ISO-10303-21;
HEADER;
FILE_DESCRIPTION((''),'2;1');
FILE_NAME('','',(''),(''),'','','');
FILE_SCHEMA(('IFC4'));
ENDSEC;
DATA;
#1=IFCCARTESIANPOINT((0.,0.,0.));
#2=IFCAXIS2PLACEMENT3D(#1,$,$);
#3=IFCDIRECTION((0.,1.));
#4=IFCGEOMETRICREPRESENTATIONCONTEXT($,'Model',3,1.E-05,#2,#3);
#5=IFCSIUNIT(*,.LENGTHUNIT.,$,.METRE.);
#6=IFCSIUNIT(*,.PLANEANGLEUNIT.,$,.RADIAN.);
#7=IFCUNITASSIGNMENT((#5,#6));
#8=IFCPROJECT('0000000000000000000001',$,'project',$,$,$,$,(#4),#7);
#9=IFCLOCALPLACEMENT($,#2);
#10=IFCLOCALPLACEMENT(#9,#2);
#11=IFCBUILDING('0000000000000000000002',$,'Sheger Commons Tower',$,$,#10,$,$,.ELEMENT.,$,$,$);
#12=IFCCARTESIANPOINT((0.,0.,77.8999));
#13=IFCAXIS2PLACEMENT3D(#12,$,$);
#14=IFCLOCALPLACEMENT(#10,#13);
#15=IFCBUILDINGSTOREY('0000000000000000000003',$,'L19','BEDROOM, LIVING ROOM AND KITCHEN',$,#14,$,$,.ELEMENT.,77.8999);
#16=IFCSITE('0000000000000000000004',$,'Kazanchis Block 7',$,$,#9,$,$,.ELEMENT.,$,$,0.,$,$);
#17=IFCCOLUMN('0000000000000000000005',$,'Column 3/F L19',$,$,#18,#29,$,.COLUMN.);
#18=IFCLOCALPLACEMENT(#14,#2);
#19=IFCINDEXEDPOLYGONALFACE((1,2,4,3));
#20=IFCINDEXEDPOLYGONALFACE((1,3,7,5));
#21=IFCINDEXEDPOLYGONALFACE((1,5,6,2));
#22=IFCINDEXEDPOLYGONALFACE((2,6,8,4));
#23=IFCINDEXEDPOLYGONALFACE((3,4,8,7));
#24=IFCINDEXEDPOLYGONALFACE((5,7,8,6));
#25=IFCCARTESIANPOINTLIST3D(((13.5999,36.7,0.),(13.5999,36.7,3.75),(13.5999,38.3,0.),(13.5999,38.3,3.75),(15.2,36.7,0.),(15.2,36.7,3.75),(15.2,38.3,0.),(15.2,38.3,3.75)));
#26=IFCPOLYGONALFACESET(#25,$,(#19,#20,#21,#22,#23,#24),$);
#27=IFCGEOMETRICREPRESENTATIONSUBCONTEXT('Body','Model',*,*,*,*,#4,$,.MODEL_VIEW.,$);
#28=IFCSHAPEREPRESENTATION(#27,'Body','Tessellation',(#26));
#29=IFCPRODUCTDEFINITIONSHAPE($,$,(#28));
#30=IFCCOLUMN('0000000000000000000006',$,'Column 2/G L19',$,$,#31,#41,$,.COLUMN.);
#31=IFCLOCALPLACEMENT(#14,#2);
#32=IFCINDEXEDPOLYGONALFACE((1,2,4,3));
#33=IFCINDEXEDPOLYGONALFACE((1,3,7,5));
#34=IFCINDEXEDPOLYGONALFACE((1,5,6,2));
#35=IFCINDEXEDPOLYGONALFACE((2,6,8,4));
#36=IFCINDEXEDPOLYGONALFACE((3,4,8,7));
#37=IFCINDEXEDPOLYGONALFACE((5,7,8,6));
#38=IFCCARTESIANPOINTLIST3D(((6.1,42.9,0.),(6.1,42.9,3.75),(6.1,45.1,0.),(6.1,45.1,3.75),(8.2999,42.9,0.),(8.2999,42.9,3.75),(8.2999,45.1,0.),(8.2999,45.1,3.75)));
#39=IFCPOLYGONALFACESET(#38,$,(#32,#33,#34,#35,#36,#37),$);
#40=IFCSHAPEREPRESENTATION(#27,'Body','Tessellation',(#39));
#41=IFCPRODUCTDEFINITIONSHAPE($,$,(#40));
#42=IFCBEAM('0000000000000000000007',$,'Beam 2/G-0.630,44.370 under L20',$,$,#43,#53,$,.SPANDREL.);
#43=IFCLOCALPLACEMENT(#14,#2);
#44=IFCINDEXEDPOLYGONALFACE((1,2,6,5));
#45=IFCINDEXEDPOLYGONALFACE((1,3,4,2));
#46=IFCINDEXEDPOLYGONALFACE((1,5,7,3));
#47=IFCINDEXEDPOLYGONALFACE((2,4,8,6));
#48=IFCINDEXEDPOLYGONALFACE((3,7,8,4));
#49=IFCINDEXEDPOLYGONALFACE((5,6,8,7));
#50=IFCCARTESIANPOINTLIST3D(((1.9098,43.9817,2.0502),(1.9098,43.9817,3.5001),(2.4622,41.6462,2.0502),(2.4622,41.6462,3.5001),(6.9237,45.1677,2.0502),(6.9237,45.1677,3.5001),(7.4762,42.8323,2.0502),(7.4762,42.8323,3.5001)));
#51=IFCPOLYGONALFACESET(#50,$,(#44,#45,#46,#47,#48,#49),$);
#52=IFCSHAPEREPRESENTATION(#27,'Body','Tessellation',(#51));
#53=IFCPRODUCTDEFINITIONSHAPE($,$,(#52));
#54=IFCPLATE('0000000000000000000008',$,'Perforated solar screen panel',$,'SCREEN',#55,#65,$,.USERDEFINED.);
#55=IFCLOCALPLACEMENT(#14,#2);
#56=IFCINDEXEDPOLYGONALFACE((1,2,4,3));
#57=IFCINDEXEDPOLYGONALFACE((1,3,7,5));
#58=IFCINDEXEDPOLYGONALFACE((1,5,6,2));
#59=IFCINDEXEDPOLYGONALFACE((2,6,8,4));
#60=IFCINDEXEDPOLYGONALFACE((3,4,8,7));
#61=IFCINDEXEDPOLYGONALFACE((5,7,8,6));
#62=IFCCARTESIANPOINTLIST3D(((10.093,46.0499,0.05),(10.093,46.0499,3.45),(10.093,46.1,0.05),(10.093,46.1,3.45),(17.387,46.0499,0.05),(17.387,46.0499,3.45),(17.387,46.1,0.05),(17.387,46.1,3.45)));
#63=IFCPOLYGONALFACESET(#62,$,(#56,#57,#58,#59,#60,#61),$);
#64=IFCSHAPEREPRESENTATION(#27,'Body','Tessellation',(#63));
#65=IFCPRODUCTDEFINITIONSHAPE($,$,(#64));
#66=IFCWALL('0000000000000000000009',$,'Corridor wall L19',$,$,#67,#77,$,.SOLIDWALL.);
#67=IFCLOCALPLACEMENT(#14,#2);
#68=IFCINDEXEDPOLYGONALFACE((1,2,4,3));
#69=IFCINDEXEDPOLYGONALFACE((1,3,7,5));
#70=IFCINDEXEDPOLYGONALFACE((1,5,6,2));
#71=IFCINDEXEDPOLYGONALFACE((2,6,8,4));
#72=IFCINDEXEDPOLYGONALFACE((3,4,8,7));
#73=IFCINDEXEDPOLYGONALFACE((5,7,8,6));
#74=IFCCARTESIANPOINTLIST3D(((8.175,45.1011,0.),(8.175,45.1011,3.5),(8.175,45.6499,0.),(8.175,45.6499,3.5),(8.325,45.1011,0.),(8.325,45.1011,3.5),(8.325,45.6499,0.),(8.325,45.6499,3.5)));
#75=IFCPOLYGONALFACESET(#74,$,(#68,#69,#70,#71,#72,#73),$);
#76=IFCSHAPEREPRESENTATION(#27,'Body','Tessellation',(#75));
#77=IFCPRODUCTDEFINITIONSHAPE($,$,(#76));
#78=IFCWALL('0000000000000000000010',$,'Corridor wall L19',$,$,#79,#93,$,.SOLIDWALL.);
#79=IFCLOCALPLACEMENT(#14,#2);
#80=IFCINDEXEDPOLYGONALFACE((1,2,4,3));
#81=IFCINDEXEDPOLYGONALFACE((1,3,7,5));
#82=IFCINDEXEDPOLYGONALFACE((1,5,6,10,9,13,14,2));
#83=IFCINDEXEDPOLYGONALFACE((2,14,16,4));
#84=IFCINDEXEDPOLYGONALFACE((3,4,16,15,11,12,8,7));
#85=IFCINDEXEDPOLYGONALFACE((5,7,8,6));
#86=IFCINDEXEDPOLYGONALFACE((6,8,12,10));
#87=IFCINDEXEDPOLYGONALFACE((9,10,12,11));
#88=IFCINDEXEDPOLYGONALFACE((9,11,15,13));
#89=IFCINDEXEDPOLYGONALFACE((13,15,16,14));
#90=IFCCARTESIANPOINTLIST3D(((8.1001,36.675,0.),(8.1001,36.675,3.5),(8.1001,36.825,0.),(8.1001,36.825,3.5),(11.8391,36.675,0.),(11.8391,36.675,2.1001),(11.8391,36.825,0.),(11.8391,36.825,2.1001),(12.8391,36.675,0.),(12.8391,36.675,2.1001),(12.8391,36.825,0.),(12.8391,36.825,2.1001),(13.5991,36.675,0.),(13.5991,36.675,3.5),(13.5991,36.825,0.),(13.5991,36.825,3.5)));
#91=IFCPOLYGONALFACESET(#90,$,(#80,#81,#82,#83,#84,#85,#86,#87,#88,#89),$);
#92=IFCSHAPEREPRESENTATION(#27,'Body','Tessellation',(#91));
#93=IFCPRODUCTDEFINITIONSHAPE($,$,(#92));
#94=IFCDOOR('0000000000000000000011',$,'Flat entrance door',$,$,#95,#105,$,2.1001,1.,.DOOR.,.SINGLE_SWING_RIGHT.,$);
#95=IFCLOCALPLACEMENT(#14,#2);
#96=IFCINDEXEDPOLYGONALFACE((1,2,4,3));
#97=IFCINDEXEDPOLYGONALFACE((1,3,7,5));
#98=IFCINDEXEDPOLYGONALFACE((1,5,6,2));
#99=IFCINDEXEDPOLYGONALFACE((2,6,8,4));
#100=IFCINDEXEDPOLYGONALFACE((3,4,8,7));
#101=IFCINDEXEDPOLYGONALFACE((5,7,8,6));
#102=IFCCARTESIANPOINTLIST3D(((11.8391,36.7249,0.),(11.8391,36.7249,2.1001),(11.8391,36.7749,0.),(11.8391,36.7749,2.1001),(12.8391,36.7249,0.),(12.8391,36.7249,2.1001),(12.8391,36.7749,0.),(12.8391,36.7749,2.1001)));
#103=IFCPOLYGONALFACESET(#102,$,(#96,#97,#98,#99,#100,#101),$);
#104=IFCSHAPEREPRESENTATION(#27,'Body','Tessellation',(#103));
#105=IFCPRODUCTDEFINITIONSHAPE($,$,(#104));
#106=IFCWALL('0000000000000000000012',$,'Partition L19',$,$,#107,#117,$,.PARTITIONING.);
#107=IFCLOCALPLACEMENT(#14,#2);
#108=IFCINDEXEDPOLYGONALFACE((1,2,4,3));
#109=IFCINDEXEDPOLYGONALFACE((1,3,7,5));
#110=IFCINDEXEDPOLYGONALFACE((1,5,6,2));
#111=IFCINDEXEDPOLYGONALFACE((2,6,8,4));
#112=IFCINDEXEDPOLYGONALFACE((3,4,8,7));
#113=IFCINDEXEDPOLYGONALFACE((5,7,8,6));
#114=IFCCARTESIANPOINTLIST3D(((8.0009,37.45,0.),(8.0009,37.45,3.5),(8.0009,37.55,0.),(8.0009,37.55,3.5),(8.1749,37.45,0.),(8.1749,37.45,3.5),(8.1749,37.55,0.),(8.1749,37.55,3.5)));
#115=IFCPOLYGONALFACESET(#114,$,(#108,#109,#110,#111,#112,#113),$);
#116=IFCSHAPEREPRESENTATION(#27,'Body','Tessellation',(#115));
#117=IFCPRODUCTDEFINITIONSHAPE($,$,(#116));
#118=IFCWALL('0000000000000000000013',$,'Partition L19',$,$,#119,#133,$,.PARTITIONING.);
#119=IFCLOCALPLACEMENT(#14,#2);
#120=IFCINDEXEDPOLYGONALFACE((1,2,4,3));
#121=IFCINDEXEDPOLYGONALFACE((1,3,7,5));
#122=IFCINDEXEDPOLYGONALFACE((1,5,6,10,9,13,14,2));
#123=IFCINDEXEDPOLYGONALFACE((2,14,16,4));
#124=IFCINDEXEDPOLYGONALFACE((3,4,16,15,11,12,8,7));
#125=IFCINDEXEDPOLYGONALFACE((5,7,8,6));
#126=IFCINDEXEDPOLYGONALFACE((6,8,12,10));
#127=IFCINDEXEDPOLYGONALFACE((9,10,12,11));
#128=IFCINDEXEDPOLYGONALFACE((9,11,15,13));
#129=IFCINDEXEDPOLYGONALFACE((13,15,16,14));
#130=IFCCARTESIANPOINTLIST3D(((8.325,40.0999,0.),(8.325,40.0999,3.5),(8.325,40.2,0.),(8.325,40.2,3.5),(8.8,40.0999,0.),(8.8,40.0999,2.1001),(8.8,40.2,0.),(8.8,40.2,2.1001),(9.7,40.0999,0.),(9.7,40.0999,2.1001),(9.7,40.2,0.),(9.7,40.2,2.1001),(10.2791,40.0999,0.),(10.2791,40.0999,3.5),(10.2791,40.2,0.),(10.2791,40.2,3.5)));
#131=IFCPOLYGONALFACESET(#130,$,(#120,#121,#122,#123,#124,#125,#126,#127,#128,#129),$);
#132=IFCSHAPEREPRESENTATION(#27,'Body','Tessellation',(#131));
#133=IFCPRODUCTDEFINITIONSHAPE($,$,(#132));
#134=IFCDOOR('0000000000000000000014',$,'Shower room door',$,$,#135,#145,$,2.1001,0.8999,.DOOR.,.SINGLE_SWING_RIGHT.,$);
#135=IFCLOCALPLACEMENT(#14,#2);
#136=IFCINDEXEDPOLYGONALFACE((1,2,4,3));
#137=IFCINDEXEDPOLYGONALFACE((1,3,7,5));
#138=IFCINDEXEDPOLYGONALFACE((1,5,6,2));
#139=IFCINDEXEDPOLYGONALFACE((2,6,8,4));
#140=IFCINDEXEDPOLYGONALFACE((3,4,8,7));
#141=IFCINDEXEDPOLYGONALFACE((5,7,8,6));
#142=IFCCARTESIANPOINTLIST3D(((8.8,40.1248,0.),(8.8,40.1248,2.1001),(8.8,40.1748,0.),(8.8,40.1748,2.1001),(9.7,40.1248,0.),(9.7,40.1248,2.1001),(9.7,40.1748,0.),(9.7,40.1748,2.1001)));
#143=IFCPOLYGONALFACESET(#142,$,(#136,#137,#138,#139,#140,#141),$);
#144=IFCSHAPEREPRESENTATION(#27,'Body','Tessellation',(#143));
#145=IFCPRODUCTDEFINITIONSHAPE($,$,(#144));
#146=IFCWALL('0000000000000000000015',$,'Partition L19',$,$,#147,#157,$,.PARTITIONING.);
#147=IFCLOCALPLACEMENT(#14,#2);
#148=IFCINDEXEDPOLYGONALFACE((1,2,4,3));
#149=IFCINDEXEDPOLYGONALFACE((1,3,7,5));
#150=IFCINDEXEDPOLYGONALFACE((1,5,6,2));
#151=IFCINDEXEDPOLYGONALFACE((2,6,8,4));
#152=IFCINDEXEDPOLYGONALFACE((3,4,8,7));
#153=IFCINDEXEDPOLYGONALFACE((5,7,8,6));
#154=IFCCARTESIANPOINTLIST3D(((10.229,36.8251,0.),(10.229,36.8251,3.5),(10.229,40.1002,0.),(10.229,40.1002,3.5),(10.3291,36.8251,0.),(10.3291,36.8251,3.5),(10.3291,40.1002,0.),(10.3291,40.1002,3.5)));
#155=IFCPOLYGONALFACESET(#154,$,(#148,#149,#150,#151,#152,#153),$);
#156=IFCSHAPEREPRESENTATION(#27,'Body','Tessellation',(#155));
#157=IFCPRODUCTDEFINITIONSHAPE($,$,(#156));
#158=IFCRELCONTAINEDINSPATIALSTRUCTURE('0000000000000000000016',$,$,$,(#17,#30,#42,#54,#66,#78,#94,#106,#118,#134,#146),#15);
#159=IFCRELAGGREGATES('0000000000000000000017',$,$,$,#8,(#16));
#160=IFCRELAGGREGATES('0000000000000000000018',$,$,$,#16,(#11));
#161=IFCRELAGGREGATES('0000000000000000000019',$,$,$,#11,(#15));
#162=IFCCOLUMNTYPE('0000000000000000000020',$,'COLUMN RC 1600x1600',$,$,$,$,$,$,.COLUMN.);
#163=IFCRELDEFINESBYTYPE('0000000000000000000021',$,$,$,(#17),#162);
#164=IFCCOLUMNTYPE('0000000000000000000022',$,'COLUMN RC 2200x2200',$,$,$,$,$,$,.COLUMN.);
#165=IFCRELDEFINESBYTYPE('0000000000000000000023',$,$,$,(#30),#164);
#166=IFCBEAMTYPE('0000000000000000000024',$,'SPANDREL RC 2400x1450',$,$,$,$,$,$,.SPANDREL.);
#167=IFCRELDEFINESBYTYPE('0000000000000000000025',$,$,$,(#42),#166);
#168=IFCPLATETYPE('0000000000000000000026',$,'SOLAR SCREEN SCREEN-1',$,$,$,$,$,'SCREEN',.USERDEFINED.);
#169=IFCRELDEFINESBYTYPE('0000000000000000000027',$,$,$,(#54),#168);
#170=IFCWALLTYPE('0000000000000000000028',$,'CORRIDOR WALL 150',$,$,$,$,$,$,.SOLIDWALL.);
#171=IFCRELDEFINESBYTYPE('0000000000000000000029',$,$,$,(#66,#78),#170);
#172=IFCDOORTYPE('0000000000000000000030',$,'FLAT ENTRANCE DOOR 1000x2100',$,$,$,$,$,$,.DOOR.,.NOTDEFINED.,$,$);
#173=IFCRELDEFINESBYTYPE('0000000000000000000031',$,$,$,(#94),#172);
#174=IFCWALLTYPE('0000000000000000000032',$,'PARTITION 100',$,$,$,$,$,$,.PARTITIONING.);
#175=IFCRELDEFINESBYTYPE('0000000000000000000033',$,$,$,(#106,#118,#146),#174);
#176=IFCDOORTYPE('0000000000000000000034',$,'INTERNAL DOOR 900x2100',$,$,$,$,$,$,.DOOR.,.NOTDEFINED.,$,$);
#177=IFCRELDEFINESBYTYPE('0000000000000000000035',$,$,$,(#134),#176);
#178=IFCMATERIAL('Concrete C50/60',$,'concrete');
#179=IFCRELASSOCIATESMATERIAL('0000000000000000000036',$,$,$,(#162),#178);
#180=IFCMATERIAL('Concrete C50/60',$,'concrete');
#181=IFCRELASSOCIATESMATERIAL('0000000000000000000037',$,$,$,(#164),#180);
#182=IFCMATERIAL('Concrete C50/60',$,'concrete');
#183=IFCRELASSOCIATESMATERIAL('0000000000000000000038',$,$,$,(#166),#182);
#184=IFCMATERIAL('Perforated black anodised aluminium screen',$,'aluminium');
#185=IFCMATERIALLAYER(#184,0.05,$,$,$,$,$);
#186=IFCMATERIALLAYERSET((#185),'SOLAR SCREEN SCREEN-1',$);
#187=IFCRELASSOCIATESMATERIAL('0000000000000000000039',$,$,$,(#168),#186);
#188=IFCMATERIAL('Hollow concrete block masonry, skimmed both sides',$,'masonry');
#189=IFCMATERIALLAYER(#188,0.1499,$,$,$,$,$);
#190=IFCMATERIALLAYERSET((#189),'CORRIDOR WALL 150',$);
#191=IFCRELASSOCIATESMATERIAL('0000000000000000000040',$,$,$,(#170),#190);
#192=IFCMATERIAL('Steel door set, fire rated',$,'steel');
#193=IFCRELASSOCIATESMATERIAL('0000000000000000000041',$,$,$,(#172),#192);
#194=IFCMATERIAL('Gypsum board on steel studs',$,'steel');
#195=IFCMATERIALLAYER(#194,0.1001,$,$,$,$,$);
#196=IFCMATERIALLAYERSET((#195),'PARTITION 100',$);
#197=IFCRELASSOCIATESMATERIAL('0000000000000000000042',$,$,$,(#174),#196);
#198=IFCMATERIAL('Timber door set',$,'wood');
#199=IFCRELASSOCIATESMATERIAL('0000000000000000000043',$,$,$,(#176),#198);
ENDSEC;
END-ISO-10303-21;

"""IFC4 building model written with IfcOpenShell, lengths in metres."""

from ifc_helpers import new_model, si_unit, direction, frame, frame_2d, origin, origin_2d, place, context, subcontext, project, spatial, rectangle, extrude, material, layer, layer_set, material_profile, profile_set, type_object, element, fill, save


model = new_model("IFC4")

# Units and contexts
model_context = context("Model", 3, precision=1e-05, world=origin(), true_north=direction((0.0, 1.0)))
body_context = subcontext(model_context, "Body", "Model", "MODEL_VIEW")
ifc_project = project(units=[si_unit("LENGTHUNIT", "METRE"), si_unit("PLANEANGLEUNIT", "RADIAN")], contexts=[model_context])

# Site, building, storey
site_placement = place(None, origin())
site = spatial("IfcSite", under=ifc_project, at=site_placement, Name="Kazanchis Block 7", CompositionType="ELEMENT", RefElevation=0.0)
building_placement = place(site_placement, origin())
building = spatial("IfcBuilding", under=site, at=building_placement, Name="Sheger Commons Tower", CompositionType="ELEMENT")
storey_placement = place(building_placement, frame((0.0, 0.0, 77.8999)))
storey = spatial("IfcBuildingStorey", under=building, at=storey_placement, Name="L19", Description="BEDROOM, LIVING ROOM AND KITCHEN", CompositionType="ELEMENT", Elevation=77.8999)

# Columns
ifc_material_1 = material(Name="Concrete C50/60", Category="concrete")
ifc_material_profile_1 = material_profile(ifc_material_1, rectangle(XDim=1.6001, YDim=1.6001, at=origin_2d()), Name="RC 1600x1600")
ifc_profile_set_1 = profile_set([ifc_material_profile_1], Name="Concrete C50/60")
column_type_1 = type_object("IfcColumnType", Name="COLUMN RC 1600x1600", PredefinedType="COLUMN", material=ifc_profile_set_1)
column_1_placement = place(storey_placement, frame((14.3999, 37.5, 0.0), z_axis=(0.0, 0.0, 1.0), x_axis=(1.0, 0.0, 0.0)))
element("IfcColumn", 1, at=column_1_placement, inside=storey, type_object=column_type_1, Name="Column 3/F L19", PredefinedType="COLUMN", context=body_context, shape_type="SweptSolid", body=[
    extrude(rectangle(XDim=1.6001, YDim=1.6001, at=origin_2d()), origin(), (0.0, 0.0, 1.0), 3.75),
])
ifc_material_2 = material(Name="Concrete C50/60", Category="concrete")
ifc_material_profile_2 = material_profile(ifc_material_2, rectangle(XDim=2.2, YDim=2.2, at=origin_2d()), Name="RC 2200x2200")
ifc_profile_set_2 = profile_set([ifc_material_profile_2], Name="Concrete C50/60")
column_type_2 = type_object("IfcColumnType", Name="COLUMN RC 2200x2200", PredefinedType="COLUMN", material=ifc_profile_set_2)
column_2_placement = place(storey_placement, frame((7.2, 44.0, 0.0), z_axis=(0.0, 0.0, 1.0), x_axis=(1.0, 0.0, 0.0)))
element("IfcColumn", 2, at=column_2_placement, inside=storey, type_object=column_type_2, Name="Column 2/G L19", PredefinedType="COLUMN", context=body_context, shape_type="SweptSolid", body=[
    extrude(rectangle(XDim=2.2, YDim=2.2, at=origin_2d()), origin(), (0.0, 0.0, 1.0), 3.75),
])

# Beam
ifc_material_3 = material(Name="Concrete C50/60", Category="concrete")
ifc_material_profile_3 = material_profile(ifc_material_3, rectangle(XDim=2.3999, YDim=1.45, at=origin_2d()), Name="RC 2400x1450")
ifc_profile_set_3 = profile_set([ifc_material_profile_3], Name="Concrete C50/60")
beam_type = type_object("IfcBeamType", Name="SPANDREL RC 2400x1450", PredefinedType="SPANDREL", material=ifc_profile_set_3)
beam_placement = place(storey_placement, frame((7.2, 44.0, 2.7751), z_axis=(-0.973144, -0.230196, 0.0), x_axis=(0.230196, -0.973144, 0.0)))
element("IfcBeam", 3, at=beam_placement, inside=storey, type_object=beam_type, Name="Beam 2/G-0.630,44.370 under L20", PredefinedType="SPANDREL", context=body_context, shape_type="SweptSolid", body=[
    extrude(rectangle(XDim=2.3999, YDim=1.45, at=origin_2d()), origin(), (0.0, 0.0, 1.0), 5.1523),
])

# Plate
ifc_material_4 = material(Name="Perforated black anodised aluminium screen", Category="aluminium")
ifc_layer_1 = layer(ifc_material_4, 0.05)
ifc_layer_set_1 = layer_set([ifc_layer_1], Name="SOLAR SCREEN SCREEN-1")
plate_type = type_object("IfcPlateType", Name="SOLAR SCREEN SCREEN-1", ElementType="SCREEN", PredefinedType="USERDEFINED", material=ifc_layer_set_1)
plate_placement = place(storey_placement, frame((13.74, 46.075, 0.05), z_axis=(0.0, 0.0, 1.0), x_axis=(-1.0, 0.0, 0.0)))
element("IfcPlate", 4, at=plate_placement, inside=storey, type_object=plate_type, Name="Perforated solar screen panel", ObjectType="SCREEN", PredefinedType="USERDEFINED", context=body_context, shape_type="SweptSolid", body=[
    extrude(rectangle(XDim=7.2939, YDim=0.05, at=origin_2d()), origin(), (0.0, 0.0, 1.0), 3.3999),
])

# Wall
ifc_material_5 = material(Name="Hollow concrete block masonry, skimmed both sides", Category="masonry")
ifc_layer_2 = layer(ifc_material_5, 0.1499)
ifc_layer_set_2 = layer_set([ifc_layer_2], Name="CORRIDOR WALL 150")
wall_type_1 = type_object("IfcWallType", Name="CORRIDOR WALL 150", PredefinedType="SOLIDWALL", material=ifc_layer_set_2)
wall_1_placement = place(storey_placement, frame((8.25, 45.1011, 0.0), z_axis=(0.0, 0.0, 1.0), x_axis=(0.0, 1.0, 0.0)))
element("IfcWall", 5, at=wall_1_placement, inside=storey, type_object=wall_type_1, Name="Corridor wall L19", PredefinedType="SOLIDWALL", context=body_context, shape_type="SweptSolid", body=[
    extrude(rectangle(XDim=0.5488, YDim=0.1499, at=frame_2d((0.2744, 0.0))), origin(), (0.0, 0.0, 1.0), 3.5),
])

# Wall, opening, door
wall_2_placement = place(storey_placement, frame((8.1001, 36.75, 0.0), z_axis=(0.0, 0.0, 1.0), x_axis=(1.0, 0.0, 0.0)))
wall_2 = element("IfcWall", 6, at=wall_2_placement, inside=storey, type_object=wall_type_1, Name="Corridor wall L19", PredefinedType="SOLIDWALL", context=body_context, shape_type="SweptSolid", body=[
    extrude(rectangle(XDim=5.499, YDim=0.1499, at=frame_2d((2.7495, 0.0))), origin(), (0.0, 0.0, 1.0), 3.5),
])
opening_1_placement = place(wall_2_placement, frame((3.739, 0.0, 0.0)))
opening_1 = element("IfcOpeningElement", 7, at=opening_1_placement, cuts=wall_2, PredefinedType="OPENING", context=body_context, shape_type="SweptSolid", body=[
    extrude(rectangle(XDim=1.0, YDim=2.1001, at=frame_2d((0.5, 1.05))), frame((0.0, 0.085, 0.0), z_axis=(0.0, -1.0, 0.0), x_axis=(1.0, 0.0, 0.0)), (0.0, 0.0, 1.0), 0.1699),
])
ifc_material_6 = material(Name="Steel door set, fire rated", Category="steel")
door_type_1 = type_object("IfcDoorType", Name="FLAT ENTRANCE DOOR 1000x2100", OperationType="NOTDEFINED", PredefinedType="DOOR", material=ifc_material_6)
door_1_placement = place(opening_1_placement, origin())
door_1 = element("IfcDoor", 8, at=door_1_placement, inside=storey, type_object=door_type_1, Name="Flat entrance door", OperationType="SINGLE_SWING_RIGHT", OverallHeight=2.1001, OverallWidth=1.0, PredefinedType="DOOR", context=body_context, shape_type="SweptSolid", body=[
    extrude(rectangle(XDim=1.0, YDim=2.1001, at=frame_2d((0.5, 1.05))), frame((0.0, 0.0249, 0.0), z_axis=(0.0, -1.0, 0.0), x_axis=(1.0, 0.0, 0.0)), (0.0, 0.0, 1.0), 0.05),
])
fill(opening_1, door_1)

# Wall
ifc_material_7 = material(Name="Gypsum board on steel studs", Category="steel")
ifc_layer_3 = layer(ifc_material_7, 0.1001)
ifc_layer_set_3 = layer_set([ifc_layer_3], Name="PARTITION 100")
wall_type_2 = type_object("IfcWallType", Name="PARTITION 100", PredefinedType="PARTITIONING", material=ifc_layer_set_3)
wall_3_placement = place(storey_placement, frame((8.001, 37.5, 0.0), z_axis=(0.0, 0.0, 1.0), x_axis=(1.0, 0.0, 0.0)))
element("IfcWall", 9, at=wall_3_placement, inside=storey, type_object=wall_type_2, Name="Partition L19", PredefinedType="PARTITIONING", context=body_context, shape_type="SweptSolid", body=[
    extrude(rectangle(XDim=0.1741, YDim=0.1001, at=frame_2d((0.0869, 0.0))), origin(), (0.0, 0.0, 1.0), 3.5),
])

# Wall, opening, door
wall_4_placement = place(storey_placement, frame((8.325, 40.1499, 0.0), z_axis=(0.0, 0.0, 1.0), x_axis=(1.0, 0.0, 0.0)))
wall_4 = element("IfcWall", 10, at=wall_4_placement, inside=storey, type_object=wall_type_2, Name="Partition L19", PredefinedType="PARTITIONING", context=body_context, shape_type="SweptSolid", body=[
    extrude(rectangle(XDim=1.9541, YDim=0.1001, at=frame_2d((0.9771, 0.0))), origin(), (0.0, 0.0, 1.0), 3.5),
])
opening_2_placement = place(wall_4_placement, frame((0.4751, 0.0, 0.0)))
opening_2 = element("IfcOpeningElement", 11, at=opening_2_placement, cuts=wall_4, PredefinedType="OPENING", context=body_context, shape_type="SweptSolid", body=[
    extrude(rectangle(XDim=0.8999, YDim=2.1001, at=frame_2d((0.45, 1.05))), frame((0.0, 0.0601, 0.0), z_axis=(0.0, -1.0, 0.0), x_axis=(1.0, 0.0, 0.0)), (0.0, 0.0, 1.0), 0.1201),
])
ifc_material_8 = material(Name="Timber door set", Category="wood")
door_type_2 = type_object("IfcDoorType", Name="INTERNAL DOOR 900x2100", OperationType="NOTDEFINED", PredefinedType="DOOR", material=ifc_material_8)
door_2_placement = place(opening_2_placement, origin())
door_2 = element("IfcDoor", 12, at=door_2_placement, inside=storey, type_object=door_type_2, Name="Shower room door", OperationType="SINGLE_SWING_RIGHT", OverallHeight=2.1001, OverallWidth=0.8999, PredefinedType="DOOR", context=body_context, shape_type="SweptSolid", body=[
    extrude(rectangle(XDim=0.8999, YDim=2.1001, at=frame_2d((0.45, 1.05))), frame((0.0, 0.0249, 0.0), z_axis=(0.0, -1.0, 0.0), x_axis=(1.0, 0.0, 0.0)), (0.0, 0.0, 1.0), 0.05),
])
fill(opening_2, door_2)

# Wall
wall_5_placement = place(storey_placement, frame((10.2791, 36.825, 0.0), z_axis=(0.0, 0.0, 1.0), x_axis=(0.0, 1.0, 0.0)))
element("IfcWall", 13, at=wall_5_placement, inside=storey, type_object=wall_type_2, Name="Partition L19", PredefinedType="PARTITIONING", context=body_context, shape_type="SweptSolid", body=[
    extrude(rectangle(XDim=3.2751, YDim=0.1001, at=frame_2d((1.6377, 0.0))), origin(), (0.0, 0.0, 1.0), 3.5),
])

save(model, "model.ifc")
